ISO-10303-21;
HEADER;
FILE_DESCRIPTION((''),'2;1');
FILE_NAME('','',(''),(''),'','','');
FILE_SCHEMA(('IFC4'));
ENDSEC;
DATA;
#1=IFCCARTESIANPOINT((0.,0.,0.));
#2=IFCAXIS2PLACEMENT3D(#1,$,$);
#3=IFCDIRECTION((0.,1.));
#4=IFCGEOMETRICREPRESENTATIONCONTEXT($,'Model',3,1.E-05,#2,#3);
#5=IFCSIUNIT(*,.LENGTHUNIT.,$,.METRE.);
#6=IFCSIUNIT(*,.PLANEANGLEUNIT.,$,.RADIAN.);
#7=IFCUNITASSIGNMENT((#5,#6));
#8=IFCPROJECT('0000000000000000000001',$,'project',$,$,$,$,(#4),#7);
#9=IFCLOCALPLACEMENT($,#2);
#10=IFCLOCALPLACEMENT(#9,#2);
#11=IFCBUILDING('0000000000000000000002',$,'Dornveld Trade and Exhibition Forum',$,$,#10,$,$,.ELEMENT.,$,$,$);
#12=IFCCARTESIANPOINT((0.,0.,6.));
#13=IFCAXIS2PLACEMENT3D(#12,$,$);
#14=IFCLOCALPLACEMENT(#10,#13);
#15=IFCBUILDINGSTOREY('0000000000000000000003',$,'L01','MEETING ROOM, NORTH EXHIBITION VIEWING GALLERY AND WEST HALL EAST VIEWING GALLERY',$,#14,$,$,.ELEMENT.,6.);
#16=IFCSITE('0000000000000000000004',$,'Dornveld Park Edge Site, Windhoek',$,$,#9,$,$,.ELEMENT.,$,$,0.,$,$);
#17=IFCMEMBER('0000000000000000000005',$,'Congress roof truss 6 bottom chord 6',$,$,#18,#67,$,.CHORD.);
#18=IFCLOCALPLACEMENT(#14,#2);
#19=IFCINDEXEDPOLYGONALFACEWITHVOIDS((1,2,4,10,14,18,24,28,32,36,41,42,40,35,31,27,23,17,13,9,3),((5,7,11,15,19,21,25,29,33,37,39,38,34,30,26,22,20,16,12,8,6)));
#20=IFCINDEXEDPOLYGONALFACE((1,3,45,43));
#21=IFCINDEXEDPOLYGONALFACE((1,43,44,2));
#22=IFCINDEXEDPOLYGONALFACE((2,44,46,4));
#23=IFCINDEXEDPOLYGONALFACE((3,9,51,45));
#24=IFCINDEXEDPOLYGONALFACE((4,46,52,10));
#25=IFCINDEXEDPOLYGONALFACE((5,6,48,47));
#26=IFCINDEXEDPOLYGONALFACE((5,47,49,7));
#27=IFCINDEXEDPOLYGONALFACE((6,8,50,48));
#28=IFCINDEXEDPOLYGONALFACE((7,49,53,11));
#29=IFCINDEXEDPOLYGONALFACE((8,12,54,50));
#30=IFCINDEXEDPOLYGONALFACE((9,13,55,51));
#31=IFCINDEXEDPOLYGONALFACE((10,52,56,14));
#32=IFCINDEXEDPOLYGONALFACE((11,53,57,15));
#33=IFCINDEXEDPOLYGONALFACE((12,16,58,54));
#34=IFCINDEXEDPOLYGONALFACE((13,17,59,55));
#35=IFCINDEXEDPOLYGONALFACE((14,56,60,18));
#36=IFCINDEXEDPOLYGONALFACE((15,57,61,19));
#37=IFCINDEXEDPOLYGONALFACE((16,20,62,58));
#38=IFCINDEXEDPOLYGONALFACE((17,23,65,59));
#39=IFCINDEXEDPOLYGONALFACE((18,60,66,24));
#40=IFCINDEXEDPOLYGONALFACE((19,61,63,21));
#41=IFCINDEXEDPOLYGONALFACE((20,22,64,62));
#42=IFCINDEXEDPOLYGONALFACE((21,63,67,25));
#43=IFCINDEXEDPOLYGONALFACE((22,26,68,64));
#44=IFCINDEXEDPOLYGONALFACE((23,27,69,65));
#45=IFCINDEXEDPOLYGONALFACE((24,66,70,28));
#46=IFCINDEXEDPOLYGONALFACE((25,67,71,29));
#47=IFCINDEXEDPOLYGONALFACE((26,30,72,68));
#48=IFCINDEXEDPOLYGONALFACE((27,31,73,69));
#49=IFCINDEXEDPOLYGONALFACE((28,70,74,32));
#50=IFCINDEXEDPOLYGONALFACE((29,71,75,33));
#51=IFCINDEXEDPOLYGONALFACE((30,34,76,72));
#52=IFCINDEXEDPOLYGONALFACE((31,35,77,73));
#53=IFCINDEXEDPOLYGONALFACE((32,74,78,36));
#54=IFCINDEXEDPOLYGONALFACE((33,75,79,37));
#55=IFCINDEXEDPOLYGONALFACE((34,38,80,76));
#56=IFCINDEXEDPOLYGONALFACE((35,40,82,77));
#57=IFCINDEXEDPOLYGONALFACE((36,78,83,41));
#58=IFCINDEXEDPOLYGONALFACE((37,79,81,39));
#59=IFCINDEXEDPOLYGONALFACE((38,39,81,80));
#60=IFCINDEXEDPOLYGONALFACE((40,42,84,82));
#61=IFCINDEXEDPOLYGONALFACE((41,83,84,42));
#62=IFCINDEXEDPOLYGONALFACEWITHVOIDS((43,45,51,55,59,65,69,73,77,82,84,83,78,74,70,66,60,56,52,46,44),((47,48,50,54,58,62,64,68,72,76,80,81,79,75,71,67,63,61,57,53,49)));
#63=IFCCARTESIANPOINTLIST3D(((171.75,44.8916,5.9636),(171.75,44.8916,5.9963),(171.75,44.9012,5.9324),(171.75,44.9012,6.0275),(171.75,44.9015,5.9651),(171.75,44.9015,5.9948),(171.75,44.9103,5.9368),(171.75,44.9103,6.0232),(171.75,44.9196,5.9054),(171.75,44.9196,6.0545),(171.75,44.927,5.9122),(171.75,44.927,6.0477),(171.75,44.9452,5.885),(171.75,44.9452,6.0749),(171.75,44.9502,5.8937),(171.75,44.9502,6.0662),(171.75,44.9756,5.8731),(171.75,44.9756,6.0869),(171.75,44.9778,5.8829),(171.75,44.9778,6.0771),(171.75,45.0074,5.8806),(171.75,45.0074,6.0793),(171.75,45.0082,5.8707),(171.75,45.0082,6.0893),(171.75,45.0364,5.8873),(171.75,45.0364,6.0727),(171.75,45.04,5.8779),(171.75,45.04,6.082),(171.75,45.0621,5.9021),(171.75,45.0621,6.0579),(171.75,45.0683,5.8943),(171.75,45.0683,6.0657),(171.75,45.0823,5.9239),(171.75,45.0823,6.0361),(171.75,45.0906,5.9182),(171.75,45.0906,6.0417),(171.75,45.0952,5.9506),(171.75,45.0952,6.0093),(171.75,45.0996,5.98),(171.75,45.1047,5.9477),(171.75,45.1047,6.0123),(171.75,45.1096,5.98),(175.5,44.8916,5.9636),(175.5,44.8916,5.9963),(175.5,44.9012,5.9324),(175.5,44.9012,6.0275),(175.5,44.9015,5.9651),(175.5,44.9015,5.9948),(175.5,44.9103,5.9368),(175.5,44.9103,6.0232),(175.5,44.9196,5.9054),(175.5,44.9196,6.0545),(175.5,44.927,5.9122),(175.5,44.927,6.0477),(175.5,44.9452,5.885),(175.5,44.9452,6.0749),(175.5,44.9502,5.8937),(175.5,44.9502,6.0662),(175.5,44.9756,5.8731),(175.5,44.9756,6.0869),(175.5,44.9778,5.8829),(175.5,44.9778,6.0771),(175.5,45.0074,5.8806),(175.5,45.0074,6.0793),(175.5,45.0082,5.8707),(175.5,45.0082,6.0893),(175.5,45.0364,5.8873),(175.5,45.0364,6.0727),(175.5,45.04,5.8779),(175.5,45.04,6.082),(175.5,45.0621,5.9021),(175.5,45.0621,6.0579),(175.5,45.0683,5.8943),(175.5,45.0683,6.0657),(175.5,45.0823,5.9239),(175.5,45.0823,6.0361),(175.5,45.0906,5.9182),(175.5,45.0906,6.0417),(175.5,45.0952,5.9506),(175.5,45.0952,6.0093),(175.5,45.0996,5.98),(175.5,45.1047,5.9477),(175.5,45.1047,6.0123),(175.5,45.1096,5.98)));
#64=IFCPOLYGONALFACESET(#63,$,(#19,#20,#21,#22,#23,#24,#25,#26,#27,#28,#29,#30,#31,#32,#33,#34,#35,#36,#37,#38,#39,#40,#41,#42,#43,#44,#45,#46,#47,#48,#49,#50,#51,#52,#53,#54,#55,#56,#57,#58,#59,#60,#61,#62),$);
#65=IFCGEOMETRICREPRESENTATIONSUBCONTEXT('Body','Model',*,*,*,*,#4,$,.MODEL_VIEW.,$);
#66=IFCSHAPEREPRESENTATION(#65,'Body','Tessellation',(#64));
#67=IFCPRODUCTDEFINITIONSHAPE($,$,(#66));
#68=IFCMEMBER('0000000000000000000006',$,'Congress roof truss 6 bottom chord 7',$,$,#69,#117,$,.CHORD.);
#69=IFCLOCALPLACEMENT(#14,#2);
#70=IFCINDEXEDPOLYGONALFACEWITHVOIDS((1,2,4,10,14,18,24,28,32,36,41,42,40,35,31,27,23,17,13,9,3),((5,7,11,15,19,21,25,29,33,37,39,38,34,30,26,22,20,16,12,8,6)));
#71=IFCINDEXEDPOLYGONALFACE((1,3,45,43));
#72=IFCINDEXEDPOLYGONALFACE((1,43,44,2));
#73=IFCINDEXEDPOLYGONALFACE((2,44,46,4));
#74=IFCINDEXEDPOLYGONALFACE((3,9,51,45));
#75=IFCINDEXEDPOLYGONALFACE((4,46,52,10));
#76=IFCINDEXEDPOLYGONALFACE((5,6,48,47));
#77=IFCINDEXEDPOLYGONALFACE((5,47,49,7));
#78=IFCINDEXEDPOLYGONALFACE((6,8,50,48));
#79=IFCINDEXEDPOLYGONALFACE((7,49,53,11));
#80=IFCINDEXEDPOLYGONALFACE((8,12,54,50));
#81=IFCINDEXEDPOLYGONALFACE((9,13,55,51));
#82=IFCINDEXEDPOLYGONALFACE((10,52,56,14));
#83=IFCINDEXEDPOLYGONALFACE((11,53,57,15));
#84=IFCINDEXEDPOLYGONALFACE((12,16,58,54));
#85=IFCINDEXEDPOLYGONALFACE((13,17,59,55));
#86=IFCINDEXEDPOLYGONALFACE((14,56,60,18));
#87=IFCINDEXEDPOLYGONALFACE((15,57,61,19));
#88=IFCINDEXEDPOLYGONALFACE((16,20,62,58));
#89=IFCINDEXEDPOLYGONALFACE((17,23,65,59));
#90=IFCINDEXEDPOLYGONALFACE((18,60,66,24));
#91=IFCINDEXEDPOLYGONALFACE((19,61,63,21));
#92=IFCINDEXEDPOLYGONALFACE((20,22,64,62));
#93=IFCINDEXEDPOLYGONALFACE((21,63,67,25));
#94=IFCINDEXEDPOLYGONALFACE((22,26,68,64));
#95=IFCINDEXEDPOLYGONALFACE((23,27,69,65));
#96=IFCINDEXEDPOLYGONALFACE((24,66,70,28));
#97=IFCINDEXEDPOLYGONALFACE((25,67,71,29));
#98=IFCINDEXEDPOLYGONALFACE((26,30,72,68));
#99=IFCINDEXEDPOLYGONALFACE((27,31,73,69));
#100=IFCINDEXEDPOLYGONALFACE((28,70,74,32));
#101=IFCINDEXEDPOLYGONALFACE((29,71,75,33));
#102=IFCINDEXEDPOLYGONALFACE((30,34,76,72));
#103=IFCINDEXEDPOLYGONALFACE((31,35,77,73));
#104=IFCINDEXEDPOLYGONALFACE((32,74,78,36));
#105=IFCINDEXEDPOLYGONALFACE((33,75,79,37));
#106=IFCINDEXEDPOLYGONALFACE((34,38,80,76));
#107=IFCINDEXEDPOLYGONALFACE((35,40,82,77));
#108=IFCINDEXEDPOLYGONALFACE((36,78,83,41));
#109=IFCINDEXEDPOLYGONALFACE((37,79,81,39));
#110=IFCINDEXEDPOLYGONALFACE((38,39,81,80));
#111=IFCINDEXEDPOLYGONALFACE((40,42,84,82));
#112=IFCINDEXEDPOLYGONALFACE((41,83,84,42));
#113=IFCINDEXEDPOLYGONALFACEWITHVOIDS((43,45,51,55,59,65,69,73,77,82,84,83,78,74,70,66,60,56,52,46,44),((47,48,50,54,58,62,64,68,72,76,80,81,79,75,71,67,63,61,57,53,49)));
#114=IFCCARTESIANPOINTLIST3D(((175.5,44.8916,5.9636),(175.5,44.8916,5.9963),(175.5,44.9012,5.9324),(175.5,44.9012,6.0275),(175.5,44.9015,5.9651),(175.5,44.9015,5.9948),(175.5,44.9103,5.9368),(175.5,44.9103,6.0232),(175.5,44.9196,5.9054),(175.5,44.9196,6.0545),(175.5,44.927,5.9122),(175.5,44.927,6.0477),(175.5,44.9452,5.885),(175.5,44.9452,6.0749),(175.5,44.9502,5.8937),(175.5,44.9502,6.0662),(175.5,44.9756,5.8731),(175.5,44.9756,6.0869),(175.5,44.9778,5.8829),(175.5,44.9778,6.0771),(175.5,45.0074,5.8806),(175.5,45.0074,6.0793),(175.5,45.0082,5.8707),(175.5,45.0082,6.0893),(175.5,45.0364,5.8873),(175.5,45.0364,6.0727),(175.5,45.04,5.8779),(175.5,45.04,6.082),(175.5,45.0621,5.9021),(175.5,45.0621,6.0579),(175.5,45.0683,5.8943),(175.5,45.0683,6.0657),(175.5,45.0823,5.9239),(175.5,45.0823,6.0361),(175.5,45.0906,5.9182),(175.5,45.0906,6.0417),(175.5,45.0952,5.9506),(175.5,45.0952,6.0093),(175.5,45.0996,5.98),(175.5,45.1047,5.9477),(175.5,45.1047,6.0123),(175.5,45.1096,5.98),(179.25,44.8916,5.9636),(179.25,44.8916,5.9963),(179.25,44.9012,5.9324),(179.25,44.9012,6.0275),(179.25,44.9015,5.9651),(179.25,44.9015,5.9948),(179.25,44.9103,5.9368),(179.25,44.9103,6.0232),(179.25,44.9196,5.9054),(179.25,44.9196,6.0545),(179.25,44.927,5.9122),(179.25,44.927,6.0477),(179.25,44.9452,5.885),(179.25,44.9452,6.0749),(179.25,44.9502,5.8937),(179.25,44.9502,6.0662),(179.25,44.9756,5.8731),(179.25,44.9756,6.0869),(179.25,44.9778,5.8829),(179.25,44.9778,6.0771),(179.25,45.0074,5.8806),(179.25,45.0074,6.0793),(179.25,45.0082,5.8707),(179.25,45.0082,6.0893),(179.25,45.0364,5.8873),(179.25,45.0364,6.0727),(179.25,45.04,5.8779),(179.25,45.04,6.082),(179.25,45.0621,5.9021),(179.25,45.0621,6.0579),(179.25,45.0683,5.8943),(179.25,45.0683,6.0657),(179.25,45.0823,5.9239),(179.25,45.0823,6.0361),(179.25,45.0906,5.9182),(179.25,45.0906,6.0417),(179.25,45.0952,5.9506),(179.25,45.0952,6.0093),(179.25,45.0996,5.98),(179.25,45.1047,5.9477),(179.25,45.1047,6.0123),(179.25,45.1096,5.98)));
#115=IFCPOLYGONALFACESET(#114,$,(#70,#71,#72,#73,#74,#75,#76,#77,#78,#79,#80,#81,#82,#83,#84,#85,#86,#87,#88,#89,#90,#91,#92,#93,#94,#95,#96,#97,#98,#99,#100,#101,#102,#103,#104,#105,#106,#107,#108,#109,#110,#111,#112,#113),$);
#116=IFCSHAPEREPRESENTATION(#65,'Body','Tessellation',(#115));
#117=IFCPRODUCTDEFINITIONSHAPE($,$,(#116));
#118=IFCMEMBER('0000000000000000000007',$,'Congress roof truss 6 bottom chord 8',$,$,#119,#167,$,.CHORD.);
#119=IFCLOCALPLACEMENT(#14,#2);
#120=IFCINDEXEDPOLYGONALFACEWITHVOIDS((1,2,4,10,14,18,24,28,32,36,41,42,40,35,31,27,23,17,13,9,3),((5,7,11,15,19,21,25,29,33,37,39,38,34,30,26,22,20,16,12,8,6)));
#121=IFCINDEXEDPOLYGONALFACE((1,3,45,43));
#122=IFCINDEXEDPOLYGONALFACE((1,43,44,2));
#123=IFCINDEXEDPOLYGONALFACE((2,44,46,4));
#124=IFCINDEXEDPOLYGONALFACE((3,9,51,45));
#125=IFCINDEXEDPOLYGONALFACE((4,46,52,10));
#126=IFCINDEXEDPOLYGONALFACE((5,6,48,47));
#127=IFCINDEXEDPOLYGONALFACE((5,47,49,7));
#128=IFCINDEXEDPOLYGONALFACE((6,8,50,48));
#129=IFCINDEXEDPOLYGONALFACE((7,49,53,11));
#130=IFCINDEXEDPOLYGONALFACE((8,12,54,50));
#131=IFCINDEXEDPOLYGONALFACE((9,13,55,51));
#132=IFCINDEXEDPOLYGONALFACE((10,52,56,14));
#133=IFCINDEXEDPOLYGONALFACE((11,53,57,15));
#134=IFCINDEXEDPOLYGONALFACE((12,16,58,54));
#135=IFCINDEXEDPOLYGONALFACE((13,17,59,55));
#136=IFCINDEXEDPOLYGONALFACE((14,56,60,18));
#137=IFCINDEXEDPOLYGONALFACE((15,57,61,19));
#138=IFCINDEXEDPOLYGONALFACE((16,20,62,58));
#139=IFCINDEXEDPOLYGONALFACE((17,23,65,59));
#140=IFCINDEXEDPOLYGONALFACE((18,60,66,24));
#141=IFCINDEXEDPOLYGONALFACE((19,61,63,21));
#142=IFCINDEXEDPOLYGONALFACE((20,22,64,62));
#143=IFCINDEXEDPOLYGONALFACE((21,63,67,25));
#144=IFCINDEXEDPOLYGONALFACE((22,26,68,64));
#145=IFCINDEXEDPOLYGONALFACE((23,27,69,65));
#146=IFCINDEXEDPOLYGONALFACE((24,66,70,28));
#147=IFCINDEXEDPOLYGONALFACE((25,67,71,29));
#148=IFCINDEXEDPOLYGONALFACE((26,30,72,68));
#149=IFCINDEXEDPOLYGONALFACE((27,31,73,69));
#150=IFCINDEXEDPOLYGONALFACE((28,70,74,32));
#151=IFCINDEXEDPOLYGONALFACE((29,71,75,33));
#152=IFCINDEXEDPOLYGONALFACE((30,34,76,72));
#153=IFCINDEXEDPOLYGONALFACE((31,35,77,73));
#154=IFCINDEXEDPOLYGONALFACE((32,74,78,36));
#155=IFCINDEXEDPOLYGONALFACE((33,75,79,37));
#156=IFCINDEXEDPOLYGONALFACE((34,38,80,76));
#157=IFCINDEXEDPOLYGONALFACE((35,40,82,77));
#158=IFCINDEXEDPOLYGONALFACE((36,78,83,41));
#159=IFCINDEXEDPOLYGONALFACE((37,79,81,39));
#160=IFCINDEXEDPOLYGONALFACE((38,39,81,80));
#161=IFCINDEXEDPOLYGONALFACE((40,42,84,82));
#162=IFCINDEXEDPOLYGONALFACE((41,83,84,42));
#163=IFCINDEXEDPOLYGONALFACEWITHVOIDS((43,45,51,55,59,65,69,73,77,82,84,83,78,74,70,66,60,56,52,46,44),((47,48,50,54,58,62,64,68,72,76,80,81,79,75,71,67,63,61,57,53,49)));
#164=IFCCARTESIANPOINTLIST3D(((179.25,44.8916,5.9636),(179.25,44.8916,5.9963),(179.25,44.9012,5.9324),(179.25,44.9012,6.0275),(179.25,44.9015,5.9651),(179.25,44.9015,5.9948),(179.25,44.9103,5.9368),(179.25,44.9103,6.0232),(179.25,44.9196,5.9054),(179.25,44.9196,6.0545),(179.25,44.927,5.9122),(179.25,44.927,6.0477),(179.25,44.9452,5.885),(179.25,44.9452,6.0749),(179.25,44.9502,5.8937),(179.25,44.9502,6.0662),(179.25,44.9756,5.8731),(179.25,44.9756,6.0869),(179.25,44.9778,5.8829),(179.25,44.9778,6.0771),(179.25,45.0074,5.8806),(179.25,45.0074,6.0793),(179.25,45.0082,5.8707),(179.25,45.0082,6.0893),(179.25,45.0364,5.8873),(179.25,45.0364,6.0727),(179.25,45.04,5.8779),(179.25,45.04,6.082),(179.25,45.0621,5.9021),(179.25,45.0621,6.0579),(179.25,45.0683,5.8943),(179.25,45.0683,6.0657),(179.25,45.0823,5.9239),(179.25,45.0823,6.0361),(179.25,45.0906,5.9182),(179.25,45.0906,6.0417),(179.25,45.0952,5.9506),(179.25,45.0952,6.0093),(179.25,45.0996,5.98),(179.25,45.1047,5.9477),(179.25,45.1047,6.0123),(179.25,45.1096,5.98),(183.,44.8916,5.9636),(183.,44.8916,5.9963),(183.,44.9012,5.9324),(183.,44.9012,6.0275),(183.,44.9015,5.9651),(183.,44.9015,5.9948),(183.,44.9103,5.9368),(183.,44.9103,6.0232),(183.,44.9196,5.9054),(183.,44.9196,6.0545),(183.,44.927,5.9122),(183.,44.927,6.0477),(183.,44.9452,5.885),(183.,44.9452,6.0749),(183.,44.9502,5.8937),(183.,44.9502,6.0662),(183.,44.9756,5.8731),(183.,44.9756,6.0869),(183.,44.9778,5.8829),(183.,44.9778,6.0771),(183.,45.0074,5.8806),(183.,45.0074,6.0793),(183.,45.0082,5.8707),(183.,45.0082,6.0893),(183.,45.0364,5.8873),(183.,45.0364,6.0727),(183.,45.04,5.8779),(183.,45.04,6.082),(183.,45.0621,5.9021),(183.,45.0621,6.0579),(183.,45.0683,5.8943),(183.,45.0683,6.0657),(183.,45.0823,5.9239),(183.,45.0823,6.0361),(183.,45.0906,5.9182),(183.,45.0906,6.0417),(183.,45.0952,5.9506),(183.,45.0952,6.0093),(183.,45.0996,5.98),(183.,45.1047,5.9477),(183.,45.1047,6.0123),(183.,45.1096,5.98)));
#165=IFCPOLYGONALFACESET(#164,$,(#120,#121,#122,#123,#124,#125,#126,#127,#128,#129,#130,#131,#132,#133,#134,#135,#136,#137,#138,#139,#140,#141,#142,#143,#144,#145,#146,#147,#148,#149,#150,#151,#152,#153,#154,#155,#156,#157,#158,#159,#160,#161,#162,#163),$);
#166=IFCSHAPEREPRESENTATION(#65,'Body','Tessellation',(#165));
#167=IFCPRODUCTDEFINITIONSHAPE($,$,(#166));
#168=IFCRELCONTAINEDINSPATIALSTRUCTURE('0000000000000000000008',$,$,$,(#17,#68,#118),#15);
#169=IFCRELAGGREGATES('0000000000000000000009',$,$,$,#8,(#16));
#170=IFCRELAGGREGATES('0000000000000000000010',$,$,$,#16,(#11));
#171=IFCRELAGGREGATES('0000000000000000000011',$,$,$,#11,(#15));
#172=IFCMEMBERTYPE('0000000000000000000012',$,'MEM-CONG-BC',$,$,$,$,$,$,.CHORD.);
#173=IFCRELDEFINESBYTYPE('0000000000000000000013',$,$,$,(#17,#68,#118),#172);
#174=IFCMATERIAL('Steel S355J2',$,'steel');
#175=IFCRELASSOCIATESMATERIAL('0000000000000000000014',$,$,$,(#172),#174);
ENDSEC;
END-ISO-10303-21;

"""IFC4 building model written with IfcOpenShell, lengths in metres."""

from ifc_helpers import new_model, si_unit, direction, frame, origin, origin_2d, place, context, subcontext, project, spatial, hollow_circle, extrude, material, material_profile, profile_set, type_object, element, save


model = new_model("IFC4")

# Units and contexts
model_context = context("Model", 3, precision=1e-05, world=origin(), true_north=direction((0.0, 1.0)))
body_context = subcontext(model_context, "Body", "Model", "MODEL_VIEW")
ifc_project = project(units=[si_unit("LENGTHUNIT", "METRE"), si_unit("PLANEANGLEUNIT", "RADIAN")], contexts=[model_context])

# Site, building, storey
site_placement = place(None, origin())
site = spatial("IfcSite", under=ifc_project, at=site_placement, Name="Dornveld Park Edge Site, Windhoek", CompositionType="ELEMENT", RefElevation=0.0)
building_placement = place(site_placement, origin())
building = spatial("IfcBuilding", under=site, at=building_placement, Name="Dornveld Trade and Exhibition Forum", CompositionType="ELEMENT")
storey_placement = place(building_placement, frame((0.0, 0.0, 6.0)))
storey = spatial("IfcBuildingStorey", under=building, at=storey_placement, Name="L01", Description="MEETING ROOM, NORTH EXHIBITION VIEWING GALLERY AND WEST HALL EAST VIEWING GALLERY", CompositionType="ELEMENT", Elevation=6.0)

# Members
ifc_material_1 = material(Name="Steel S355J2", Category="steel")
ifc_material_profile_1 = material_profile(ifc_material_1, hollow_circle(Radius=0.1096, WallThickness=0.01, at=origin_2d()), Name="CHS 219.1x10")
ifc_profile_set_1 = profile_set([ifc_material_profile_1], Name="Steel S355J2")
member_type_1 = type_object("IfcMemberType", Name="MEM-CONG-BC", PredefinedType="CHORD", material=ifc_profile_set_1)
for number, where, z_axis, x_axis, name in (
    (1, (171.75, 45.0, 5.98), (1.0, 0.0, 0.0), (0.0, 1.0, 0.0), "Congress roof truss 6 bottom chord 6"),
    (2, (175.5, 45.0, 5.98), (1.0, 0.0, 0.0), (0.0, 1.0, 0.0), "Congress roof truss 6 bottom chord 7"),
    (3, (179.25, 45.0, 5.98), (1.0, 0.0, 0.0), (0.0, 1.0, 0.0), "Congress roof truss 6 bottom chord 8"),
):
    element("IfcMember", number, at=place(storey_placement, frame(where, z_axis=z_axis, x_axis=x_axis)), inside=storey, type_object=member_type_1, Name=name, PredefinedType="CHORD", context=body_context, shape_type="SweptSolid", body=[
        extrude(hollow_circle(Radius=0.1096, WallThickness=0.01, at=origin_2d()), origin(), (0.0, 0.0, 1.0), 3.75),
    ])

save(model, "model.ifc")
